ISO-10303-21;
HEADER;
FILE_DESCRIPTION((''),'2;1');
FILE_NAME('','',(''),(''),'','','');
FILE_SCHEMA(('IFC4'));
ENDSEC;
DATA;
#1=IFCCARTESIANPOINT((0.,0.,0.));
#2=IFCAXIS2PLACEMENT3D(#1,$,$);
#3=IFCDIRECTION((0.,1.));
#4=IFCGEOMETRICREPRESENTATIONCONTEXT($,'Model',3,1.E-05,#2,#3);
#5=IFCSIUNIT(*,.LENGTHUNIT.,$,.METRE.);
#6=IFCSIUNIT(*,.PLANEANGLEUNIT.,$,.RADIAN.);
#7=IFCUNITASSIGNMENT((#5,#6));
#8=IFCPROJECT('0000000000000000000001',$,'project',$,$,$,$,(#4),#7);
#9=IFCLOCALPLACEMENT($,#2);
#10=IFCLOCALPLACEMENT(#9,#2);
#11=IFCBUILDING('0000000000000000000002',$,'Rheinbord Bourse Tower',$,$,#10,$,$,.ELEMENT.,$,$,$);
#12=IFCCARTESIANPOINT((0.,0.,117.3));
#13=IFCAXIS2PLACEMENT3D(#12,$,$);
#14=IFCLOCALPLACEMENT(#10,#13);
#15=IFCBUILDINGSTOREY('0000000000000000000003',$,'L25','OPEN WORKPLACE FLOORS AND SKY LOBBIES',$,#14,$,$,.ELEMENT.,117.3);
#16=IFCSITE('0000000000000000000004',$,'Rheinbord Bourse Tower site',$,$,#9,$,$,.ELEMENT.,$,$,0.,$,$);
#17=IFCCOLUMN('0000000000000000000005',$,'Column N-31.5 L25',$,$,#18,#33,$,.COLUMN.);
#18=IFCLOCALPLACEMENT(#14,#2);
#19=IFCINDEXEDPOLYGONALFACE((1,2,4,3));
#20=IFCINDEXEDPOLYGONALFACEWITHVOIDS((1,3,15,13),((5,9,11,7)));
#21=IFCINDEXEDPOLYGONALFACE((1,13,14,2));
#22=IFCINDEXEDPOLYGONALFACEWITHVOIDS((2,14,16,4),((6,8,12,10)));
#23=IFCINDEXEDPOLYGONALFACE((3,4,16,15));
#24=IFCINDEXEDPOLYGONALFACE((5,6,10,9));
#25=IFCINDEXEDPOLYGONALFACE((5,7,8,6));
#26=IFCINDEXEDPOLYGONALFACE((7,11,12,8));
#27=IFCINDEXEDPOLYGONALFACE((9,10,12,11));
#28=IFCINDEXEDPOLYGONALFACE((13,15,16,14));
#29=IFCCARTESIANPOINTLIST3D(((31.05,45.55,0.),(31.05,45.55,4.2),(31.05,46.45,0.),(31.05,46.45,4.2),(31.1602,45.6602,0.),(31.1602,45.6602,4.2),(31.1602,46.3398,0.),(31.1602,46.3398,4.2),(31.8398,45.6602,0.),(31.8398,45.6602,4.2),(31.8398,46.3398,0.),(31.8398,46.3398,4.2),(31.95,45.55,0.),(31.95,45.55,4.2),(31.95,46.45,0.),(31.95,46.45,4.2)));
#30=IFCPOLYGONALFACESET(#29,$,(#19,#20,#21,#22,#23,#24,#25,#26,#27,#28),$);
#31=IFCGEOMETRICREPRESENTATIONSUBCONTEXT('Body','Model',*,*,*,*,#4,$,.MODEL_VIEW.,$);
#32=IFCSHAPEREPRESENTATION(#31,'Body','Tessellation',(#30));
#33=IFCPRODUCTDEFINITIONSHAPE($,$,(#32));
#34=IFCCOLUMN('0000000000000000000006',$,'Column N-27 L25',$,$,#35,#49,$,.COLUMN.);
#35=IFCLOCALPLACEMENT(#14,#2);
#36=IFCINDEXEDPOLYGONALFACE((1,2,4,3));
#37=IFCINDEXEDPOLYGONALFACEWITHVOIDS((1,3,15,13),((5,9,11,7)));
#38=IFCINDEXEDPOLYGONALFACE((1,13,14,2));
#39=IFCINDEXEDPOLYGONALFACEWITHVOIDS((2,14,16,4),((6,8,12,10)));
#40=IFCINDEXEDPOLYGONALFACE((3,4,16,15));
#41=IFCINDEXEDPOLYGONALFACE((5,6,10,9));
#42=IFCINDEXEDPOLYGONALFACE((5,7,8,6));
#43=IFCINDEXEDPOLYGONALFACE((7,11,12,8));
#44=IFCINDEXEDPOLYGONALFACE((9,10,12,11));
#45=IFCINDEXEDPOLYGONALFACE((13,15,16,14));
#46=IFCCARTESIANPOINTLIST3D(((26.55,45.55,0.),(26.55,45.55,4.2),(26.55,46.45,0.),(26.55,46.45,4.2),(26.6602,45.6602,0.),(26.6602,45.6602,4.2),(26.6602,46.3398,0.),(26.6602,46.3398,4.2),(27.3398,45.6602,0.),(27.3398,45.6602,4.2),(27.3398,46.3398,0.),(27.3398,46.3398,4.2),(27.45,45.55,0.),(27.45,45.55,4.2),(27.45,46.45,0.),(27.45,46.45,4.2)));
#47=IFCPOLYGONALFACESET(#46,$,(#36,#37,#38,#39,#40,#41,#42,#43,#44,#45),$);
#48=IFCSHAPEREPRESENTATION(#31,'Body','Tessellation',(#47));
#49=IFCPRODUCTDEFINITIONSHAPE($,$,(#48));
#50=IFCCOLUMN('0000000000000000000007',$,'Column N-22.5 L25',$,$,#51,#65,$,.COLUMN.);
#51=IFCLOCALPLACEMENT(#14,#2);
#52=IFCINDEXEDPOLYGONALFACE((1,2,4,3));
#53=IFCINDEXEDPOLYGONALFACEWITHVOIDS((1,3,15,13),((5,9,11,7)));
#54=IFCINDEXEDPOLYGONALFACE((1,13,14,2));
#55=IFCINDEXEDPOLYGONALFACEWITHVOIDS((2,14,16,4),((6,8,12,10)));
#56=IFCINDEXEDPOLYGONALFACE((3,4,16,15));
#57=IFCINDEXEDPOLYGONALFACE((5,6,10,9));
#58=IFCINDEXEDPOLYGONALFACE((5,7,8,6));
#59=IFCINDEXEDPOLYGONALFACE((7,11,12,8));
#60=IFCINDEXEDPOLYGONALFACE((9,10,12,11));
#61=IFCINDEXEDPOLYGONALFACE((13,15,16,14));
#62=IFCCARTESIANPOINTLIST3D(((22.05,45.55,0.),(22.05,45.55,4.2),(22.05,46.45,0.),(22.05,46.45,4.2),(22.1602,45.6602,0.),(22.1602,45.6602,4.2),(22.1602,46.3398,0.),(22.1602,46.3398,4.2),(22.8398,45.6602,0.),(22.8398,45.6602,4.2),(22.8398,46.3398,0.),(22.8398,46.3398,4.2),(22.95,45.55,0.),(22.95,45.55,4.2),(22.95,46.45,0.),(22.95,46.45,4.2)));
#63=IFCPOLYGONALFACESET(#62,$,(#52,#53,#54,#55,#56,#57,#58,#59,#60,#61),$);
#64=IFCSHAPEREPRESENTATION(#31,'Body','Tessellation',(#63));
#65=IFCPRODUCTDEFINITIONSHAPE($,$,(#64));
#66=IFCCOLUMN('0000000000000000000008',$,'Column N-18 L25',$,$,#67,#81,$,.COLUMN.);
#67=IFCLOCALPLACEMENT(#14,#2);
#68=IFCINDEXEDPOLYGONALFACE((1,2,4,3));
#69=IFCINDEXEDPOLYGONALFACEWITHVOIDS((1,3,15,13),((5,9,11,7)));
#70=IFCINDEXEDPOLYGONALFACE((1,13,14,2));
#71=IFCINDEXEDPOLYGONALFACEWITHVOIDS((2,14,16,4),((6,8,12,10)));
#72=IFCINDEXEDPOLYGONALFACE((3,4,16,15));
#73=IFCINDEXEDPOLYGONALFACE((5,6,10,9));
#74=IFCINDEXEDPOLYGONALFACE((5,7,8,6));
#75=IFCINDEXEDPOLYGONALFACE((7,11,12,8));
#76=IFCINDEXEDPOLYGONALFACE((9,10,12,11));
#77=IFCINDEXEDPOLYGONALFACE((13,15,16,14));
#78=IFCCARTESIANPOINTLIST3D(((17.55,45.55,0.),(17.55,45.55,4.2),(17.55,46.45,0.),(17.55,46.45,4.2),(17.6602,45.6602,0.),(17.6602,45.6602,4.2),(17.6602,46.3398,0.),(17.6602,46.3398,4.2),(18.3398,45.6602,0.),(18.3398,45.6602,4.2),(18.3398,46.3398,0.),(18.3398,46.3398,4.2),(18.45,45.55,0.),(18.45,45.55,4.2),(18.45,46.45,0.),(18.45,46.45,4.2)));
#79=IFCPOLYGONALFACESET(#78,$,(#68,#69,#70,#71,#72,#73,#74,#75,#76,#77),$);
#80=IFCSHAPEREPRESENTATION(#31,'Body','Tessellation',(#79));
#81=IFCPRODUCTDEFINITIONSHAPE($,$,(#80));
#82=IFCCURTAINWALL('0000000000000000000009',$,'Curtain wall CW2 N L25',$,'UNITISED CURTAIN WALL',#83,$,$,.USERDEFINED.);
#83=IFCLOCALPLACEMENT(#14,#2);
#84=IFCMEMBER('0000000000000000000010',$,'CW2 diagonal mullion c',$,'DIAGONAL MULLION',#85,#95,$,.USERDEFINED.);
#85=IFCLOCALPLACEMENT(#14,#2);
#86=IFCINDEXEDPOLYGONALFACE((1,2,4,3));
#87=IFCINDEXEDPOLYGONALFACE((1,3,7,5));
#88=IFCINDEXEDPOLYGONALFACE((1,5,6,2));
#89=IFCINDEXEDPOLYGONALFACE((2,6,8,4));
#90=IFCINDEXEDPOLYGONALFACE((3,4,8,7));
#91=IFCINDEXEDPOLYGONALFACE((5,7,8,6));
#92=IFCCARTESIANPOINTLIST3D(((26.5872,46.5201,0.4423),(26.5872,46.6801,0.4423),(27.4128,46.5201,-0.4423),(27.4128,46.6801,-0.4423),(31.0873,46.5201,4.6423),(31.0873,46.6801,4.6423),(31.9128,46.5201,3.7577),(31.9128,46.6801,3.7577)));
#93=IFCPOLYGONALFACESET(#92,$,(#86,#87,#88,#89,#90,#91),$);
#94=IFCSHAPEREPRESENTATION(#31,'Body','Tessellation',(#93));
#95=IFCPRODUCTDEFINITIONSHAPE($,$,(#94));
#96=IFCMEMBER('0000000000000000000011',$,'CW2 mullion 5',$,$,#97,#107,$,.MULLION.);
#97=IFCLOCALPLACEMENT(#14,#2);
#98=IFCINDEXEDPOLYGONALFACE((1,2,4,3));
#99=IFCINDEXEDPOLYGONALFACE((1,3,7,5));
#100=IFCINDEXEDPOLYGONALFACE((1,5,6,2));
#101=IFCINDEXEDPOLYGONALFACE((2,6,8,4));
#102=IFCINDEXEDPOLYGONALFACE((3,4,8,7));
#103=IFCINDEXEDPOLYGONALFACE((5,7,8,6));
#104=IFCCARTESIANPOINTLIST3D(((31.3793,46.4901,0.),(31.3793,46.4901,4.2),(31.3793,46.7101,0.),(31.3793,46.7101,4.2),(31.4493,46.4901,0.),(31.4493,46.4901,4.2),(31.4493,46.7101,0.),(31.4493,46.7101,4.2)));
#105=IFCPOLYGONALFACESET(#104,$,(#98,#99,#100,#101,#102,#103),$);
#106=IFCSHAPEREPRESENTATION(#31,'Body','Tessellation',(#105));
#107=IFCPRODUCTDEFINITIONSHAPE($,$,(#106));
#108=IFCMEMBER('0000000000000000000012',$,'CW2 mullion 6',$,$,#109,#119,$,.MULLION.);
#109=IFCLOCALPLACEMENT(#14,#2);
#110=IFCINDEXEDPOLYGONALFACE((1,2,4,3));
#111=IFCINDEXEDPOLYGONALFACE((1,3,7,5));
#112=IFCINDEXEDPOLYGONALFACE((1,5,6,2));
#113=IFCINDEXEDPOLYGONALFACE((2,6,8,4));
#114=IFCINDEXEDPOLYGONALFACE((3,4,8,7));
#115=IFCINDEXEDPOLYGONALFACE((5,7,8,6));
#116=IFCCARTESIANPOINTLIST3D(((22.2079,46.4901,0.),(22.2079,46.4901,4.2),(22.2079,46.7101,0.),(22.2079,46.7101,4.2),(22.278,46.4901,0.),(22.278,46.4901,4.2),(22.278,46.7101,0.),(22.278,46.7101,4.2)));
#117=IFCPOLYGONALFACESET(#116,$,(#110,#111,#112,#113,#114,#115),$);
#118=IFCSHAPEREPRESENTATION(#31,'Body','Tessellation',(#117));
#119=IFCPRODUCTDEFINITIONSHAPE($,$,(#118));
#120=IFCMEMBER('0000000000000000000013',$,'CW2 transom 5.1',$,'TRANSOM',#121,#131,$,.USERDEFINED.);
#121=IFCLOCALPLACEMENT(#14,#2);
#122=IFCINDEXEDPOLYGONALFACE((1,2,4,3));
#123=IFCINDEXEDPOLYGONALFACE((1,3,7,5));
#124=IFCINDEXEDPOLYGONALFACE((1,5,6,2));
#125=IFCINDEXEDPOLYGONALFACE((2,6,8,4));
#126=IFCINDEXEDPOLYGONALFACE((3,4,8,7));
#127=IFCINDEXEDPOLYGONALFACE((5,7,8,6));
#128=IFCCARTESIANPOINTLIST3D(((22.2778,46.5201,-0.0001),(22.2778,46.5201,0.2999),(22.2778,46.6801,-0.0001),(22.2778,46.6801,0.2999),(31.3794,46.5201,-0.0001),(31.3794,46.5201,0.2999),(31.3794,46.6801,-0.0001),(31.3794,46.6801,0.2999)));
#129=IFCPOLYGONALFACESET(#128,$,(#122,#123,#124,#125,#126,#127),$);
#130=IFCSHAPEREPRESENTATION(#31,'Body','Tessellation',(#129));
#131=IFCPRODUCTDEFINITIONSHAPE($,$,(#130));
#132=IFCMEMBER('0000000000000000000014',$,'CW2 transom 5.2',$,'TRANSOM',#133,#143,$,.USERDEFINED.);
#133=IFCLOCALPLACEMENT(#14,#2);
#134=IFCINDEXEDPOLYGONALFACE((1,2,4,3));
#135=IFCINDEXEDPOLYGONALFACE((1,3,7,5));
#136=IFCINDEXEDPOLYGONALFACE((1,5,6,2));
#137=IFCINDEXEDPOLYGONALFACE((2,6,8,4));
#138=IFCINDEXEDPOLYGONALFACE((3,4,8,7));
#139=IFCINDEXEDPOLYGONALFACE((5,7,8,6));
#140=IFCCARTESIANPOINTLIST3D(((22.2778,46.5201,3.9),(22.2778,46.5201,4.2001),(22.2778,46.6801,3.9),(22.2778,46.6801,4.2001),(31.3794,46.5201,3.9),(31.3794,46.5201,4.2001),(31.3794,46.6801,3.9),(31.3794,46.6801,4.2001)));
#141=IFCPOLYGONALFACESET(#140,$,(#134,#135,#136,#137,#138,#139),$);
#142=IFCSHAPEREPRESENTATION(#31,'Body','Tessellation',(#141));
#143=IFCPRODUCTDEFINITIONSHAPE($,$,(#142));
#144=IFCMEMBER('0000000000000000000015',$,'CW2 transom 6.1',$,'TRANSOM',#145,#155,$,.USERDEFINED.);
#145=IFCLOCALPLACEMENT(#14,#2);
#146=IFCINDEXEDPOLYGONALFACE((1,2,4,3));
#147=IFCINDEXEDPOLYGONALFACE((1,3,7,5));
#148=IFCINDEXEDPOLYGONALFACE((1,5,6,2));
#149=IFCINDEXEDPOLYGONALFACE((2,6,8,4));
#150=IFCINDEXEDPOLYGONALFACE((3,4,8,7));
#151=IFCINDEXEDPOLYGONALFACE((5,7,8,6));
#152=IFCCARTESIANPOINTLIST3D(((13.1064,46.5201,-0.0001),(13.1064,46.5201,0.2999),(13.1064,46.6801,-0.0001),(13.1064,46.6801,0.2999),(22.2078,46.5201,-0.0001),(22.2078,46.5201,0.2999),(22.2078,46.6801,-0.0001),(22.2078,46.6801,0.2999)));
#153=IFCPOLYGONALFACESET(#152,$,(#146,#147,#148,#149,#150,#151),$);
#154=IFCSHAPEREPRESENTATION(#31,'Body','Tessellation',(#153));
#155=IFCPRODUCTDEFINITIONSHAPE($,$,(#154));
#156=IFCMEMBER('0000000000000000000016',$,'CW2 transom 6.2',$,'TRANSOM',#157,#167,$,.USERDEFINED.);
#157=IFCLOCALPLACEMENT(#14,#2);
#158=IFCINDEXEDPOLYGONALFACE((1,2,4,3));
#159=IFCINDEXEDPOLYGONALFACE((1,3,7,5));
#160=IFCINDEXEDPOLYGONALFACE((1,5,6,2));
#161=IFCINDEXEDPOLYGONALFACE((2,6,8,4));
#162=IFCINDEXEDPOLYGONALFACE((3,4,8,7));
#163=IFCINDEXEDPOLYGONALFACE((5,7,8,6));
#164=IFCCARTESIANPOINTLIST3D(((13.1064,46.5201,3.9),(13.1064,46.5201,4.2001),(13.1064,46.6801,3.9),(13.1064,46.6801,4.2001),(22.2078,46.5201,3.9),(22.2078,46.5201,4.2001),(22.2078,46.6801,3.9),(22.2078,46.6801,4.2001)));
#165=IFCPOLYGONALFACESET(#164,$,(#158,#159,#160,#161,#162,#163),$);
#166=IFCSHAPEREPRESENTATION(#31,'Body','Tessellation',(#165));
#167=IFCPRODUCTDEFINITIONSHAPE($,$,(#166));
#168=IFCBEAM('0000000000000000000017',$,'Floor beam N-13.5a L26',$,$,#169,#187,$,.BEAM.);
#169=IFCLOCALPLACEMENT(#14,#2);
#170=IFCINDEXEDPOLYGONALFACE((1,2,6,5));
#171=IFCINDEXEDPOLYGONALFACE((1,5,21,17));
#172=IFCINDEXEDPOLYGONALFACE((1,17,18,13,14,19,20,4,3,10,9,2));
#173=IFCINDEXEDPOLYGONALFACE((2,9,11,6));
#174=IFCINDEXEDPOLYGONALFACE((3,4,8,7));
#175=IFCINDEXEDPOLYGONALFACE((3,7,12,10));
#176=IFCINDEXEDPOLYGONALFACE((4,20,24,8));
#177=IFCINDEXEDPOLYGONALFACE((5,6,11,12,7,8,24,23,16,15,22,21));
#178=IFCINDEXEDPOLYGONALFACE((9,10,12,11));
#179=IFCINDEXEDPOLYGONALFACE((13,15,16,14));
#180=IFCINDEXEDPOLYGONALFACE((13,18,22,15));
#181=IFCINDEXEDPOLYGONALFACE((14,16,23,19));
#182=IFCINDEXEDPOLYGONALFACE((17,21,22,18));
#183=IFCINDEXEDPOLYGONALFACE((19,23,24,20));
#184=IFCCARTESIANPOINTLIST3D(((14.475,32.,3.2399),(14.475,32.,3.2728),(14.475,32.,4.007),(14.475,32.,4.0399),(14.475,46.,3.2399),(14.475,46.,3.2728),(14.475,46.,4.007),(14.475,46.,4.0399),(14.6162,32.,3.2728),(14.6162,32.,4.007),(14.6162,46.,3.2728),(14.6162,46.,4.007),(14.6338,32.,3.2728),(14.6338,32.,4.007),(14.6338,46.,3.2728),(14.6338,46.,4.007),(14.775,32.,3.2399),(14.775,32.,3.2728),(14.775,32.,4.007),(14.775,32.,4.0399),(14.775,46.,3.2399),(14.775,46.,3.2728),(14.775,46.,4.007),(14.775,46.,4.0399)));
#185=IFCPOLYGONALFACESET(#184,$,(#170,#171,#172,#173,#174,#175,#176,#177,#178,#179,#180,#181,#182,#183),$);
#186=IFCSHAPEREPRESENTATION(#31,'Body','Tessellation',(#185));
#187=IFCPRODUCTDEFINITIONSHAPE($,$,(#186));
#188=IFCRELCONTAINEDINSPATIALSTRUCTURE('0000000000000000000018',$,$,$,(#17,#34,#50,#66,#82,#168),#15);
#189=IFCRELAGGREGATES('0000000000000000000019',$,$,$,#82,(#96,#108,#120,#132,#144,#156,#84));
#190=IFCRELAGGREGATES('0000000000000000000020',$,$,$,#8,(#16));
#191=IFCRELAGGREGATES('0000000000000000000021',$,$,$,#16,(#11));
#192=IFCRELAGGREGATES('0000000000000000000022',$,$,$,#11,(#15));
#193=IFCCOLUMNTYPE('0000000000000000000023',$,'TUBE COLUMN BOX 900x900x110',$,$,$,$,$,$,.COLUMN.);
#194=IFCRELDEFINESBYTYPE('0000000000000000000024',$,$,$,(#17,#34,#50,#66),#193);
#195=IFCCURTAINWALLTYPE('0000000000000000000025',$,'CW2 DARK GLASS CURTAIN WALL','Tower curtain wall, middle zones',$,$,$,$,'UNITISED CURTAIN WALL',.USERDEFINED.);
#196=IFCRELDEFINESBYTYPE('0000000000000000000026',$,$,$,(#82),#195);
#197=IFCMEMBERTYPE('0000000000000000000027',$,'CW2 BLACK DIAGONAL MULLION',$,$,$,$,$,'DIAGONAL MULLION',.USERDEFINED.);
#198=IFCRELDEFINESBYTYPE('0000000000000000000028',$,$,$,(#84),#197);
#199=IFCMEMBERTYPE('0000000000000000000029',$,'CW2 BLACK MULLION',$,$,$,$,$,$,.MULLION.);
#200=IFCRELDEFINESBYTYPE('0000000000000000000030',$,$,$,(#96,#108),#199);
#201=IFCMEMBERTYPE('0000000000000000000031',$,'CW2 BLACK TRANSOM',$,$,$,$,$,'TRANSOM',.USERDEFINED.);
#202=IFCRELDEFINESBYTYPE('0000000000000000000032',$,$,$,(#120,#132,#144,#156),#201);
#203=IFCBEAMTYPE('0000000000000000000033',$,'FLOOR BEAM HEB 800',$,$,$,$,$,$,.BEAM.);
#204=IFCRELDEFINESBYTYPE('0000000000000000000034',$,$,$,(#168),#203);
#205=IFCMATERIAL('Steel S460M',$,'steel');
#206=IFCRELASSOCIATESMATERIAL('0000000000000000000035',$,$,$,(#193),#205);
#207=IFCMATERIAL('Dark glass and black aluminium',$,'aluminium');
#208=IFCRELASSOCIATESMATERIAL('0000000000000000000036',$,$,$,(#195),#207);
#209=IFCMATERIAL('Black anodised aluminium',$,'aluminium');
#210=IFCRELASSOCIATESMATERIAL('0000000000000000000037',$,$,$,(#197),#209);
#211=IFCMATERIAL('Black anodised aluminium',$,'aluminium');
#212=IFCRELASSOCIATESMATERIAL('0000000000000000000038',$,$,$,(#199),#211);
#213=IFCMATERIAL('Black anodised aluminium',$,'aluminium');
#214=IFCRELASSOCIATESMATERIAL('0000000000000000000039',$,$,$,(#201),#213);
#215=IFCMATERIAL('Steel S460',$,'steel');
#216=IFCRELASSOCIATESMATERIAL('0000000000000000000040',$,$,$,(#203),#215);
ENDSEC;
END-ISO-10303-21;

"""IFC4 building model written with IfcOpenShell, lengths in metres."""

from ifc_helpers import new_model, si_unit, direction, frame, origin, origin_2d, place, context, subcontext, project, spatial, rectangle, hollow_rectangle, i_section, extrude, material, material_profile, profile_set, type_object, element, aggregate, save


model = new_model("IFC4")

# Units and contexts
model_context = context("Model", 3, precision=1e-05, world=origin(), true_north=direction((0.0, 1.0)))
body_context = subcontext(model_context, "Body", "Model", "MODEL_VIEW")
ifc_project = project(units=[si_unit("LENGTHUNIT", "METRE"), si_unit("PLANEANGLEUNIT", "RADIAN")], contexts=[model_context])

# Site, building, storey
site_placement = place(None, origin())
site = spatial("IfcSite", under=ifc_project, at=site_placement, Name="Rheinbord Bourse Tower site", CompositionType="ELEMENT", RefElevation=0.0)
building_placement = place(site_placement, origin())
building = spatial("IfcBuilding", under=site, at=building_placement, Name="Rheinbord Bourse Tower", CompositionType="ELEMENT")
storey_placement = place(building_placement, frame((0.0, 0.0, 117.3)))
storey = spatial("IfcBuildingStorey", under=building, at=storey_placement, Name="L25", Description="OPEN WORKPLACE FLOORS AND SKY LOBBIES", CompositionType="ELEMENT", Elevation=117.3)

# Columns
ifc_material_1 = material(Name="Steel S460M", Category="steel")
ifc_material_profile_1 = material_profile(ifc_material_1, hollow_rectangle(XDim=0.8999, YDim=0.8999, WallThickness=0.1101, at=origin_2d()), Name="BOX 900x900x110")
ifc_profile_set_1 = profile_set([ifc_material_profile_1], Name="Steel S460M")
column_type = type_object("IfcColumnType", Name="TUBE COLUMN BOX 900x900x110", PredefinedType="COLUMN", material=ifc_profile_set_1)
for number, where, z_axis, x_axis, name in (
    (1, (31.5, 46.0, 0.0), (0.0, 0.0, 1.0), (0.0, 1.0, 0.0), "Column N-31.5 L25"),
    (2, (27.0, 46.0, 0.0), (0.0, 0.0, 1.0), (0.0, 1.0, 0.0), "Column N-27 L25"),
    (3, (22.5, 46.0, 0.0), (0.0, 0.0, 1.0), (0.0, 1.0, 0.0), "Column N-22.5 L25"),
    (4, (18.0, 46.0, 0.0), (0.0, 0.0, 1.0), (0.0, 1.0, 0.0), "Column N-18 L25"),
):
    element("IfcColumn", number, at=place(storey_placement, frame(where, z_axis=z_axis, x_axis=x_axis)), inside=storey, type_object=column_type, Name=name, PredefinedType="COLUMN", context=body_context, shape_type="SweptSolid", body=[
        extrude(hollow_rectangle(XDim=0.8999, YDim=0.8999, WallThickness=0.1101, at=origin_2d()), origin(), (0.0, 0.0, 1.0), 4.2),
    ])

# Curtain wall, members
ifc_material_2 = material(Name="Dark glass and black aluminium", Category="aluminium")
curtain_wall_type = type_object("IfcCurtainWallType", Name="CW2 DARK GLASS CURTAIN WALL", Description="Tower curtain wall, middle zones", ElementType="UNITISED CURTAIN WALL", PredefinedType="USERDEFINED", material=ifc_material_2)
curtain_wall_placement = place(storey_placement, origin())
curtain_wall = element("IfcCurtainWall", 5, at=curtain_wall_placement, inside=storey, type_object=curtain_wall_type, Name="Curtain wall CW2 N L25", ObjectType="UNITISED CURTAIN WALL", PredefinedType="USERDEFINED")
ifc_material_3 = material(Name="Black anodised aluminium", Category="aluminium")
ifc_material_profile_2 = material_profile(ifc_material_3, rectangle(XDim=0.1599, YDim=1.21, at=origin_2d()), Name="CW2 DIAGONAL MULLION 1210x160")
ifc_profile_set_2 = profile_set([ifc_material_profile_2], Name="Black anodised aluminium")
member_type_1 = type_object("IfcMemberType", Name="CW2 BLACK DIAGONAL MULLION", ElementType="DIAGONAL MULLION", PredefinedType="USERDEFINED", material=ifc_profile_set_2)
member_1_placement = place(storey_placement, frame((27.0, 46.6001, 0.0), z_axis=(0.731059, 0.0, 0.682314), x_axis=(0.0, 1.0, 0.0)))
member_1 = element("IfcMember", 6, at=member_1_placement, type_object=member_type_1, Name="CW2 diagonal mullion c", ObjectType="DIAGONAL MULLION", PredefinedType="USERDEFINED", context=body_context, shape_type="SweptSolid", body=[
    extrude(rectangle(XDim=0.1599, YDim=1.21, at=origin_2d()), origin(), (0.0, 0.0, 1.0), 6.1555),
])
ifc_material_4 = material(Name="Black anodised aluminium", Category="aluminium")
ifc_material_profile_3 = material_profile(ifc_material_4, rectangle(XDim=0.22, YDim=0.0701, at=origin_2d()), Name="CW2 MULLION 70x220")
ifc_profile_set_3 = profile_set([ifc_material_profile_3], Name="Black anodised aluminium")
member_type_2 = type_object("IfcMemberType", Name="CW2 BLACK MULLION", PredefinedType="MULLION", material=ifc_profile_set_3)
member_2_placement = place(storey_placement, frame((31.4143, 46.6001, 0.0), z_axis=(0.0, 0.0, 1.0), x_axis=(0.0, -1.0, 0.0)))
member_2 = element("IfcMember", 7, at=member_2_placement, type_object=member_type_2, Name="CW2 mullion 5", PredefinedType="MULLION", context=body_context, shape_type="SweptSolid", body=[
    extrude(rectangle(XDim=0.22, YDim=0.0701, at=origin_2d()), origin(), (0.0, 0.0, 1.0), 4.2),
])
member_3_placement = place(storey_placement, frame((22.2429, 46.6001, 0.0), z_axis=(0.0, 0.0, 1.0), x_axis=(0.0, -1.0, 0.0)))
member_3 = element("IfcMember", 8, at=member_3_placement, type_object=member_type_2, Name="CW2 mullion 6", PredefinedType="MULLION", context=body_context, shape_type="SweptSolid", body=[
    extrude(rectangle(XDim=0.22, YDim=0.0701, at=origin_2d()), origin(), (0.0, 0.0, 1.0), 4.2),
])
ifc_material_5 = material(Name="Black anodised aluminium", Category="aluminium")
ifc_material_profile_4 = material_profile(ifc_material_5, rectangle(XDim=0.1599, YDim=0.3, at=origin_2d()), Name="CW2 TRANSOM 300x160")
ifc_profile_set_4 = profile_set([ifc_material_profile_4], Name="Black anodised aluminium")
member_type_3 = type_object("IfcMemberType", Name="CW2 BLACK TRANSOM", ElementType="TRANSOM", PredefinedType="USERDEFINED", material=ifc_profile_set_4)
member_4_placement = place(storey_placement, frame((31.3794, 46.6001, 0.1499), z_axis=(-1.0, 0.0, 0.0), x_axis=(0.0, -1.0, 0.0)))
member_4 = element("IfcMember", 9, at=member_4_placement, type_object=member_type_3, Name="CW2 transom 5.1", ObjectType="TRANSOM", PredefinedType="USERDEFINED", context=body_context, shape_type="SweptSolid", body=[
    extrude(rectangle(XDim=0.1599, YDim=0.3, at=origin_2d()), origin(), (0.0, 0.0, 1.0), 9.1016),
])
member_5_placement = place(storey_placement, frame((31.3794, 46.6001, 4.05), z_axis=(-1.0, 0.0, 0.0), x_axis=(0.0, -1.0, 0.0)))
member_5 = element("IfcMember", 10, at=member_5_placement, type_object=member_type_3, Name="CW2 transom 5.2", ObjectType="TRANSOM", PredefinedType="USERDEFINED", context=body_context, shape_type="SweptSolid", body=[
    extrude(rectangle(XDim=0.1599, YDim=0.3, at=origin_2d()), origin(), (0.0, 0.0, 1.0), 9.1016),
])
member_6_placement = place(storey_placement, frame((22.2078, 46.6001, 0.1499), z_axis=(-1.0, 0.0, 0.0), x_axis=(0.0, -1.0, 0.0)))
member_6 = element("IfcMember", 11, at=member_6_placement, type_object=member_type_3, Name="CW2 transom 6.1", ObjectType="TRANSOM", PredefinedType="USERDEFINED", context=body_context, shape_type="SweptSolid", body=[
    extrude(rectangle(XDim=0.1599, YDim=0.3, at=origin_2d()), origin(), (0.0, 0.0, 1.0), 9.1013),
])
member_7_placement = place(storey_placement, frame((22.2078, 46.6001, 4.05), z_axis=(-1.0, 0.0, 0.0), x_axis=(0.0, -1.0, 0.0)))
member_7 = element("IfcMember", 12, at=member_7_placement, type_object=member_type_3, Name="CW2 transom 6.2", ObjectType="TRANSOM", PredefinedType="USERDEFINED", context=body_context, shape_type="SweptSolid", body=[
    extrude(rectangle(XDim=0.1599, YDim=0.3, at=origin_2d()), origin(), (0.0, 0.0, 1.0), 9.1013),
])

# Beam
ifc_material_6 = material(Name="Steel S460", Category="steel")
ifc_material_profile_5 = material_profile(ifc_material_6, i_section(OverallWidth=0.3, OverallDepth=0.8, WebThickness=0.0176, FlangeThickness=0.033, at=origin_2d()), Name="HEB 800")
ifc_profile_set_5 = profile_set([ifc_material_profile_5], Name="Steel S460")
beam_type_1 = type_object("IfcBeamType", Name="FLOOR BEAM HEB 800", PredefinedType="BEAM", material=ifc_profile_set_5)
for number, where, z_axis, x_axis, name in (
    (13, (14.625, 46.0, 3.6399), (0.0, -1.0, 0.0), (1.0, 0.0, 0.0), "Floor beam N-13.5a L26"),
):
    element("IfcBeam", number, at=place(storey_placement, frame(where, z_axis=z_axis, x_axis=x_axis)), inside=storey, type_object=beam_type_1, Name=name, PredefinedType="BEAM", context=body_context, shape_type="SweptSolid", body=[
        extrude(i_section(OverallWidth=0.3, OverallDepth=0.8, WebThickness=0.0176, FlangeThickness=0.033, at=origin_2d()), origin(), (0.0, 0.0, 1.0), 14.0),
    ])

aggregate(curtain_wall, [member_2, member_3, member_4, member_5, member_6, member_7, member_1])

save(model, "model.ifc")
